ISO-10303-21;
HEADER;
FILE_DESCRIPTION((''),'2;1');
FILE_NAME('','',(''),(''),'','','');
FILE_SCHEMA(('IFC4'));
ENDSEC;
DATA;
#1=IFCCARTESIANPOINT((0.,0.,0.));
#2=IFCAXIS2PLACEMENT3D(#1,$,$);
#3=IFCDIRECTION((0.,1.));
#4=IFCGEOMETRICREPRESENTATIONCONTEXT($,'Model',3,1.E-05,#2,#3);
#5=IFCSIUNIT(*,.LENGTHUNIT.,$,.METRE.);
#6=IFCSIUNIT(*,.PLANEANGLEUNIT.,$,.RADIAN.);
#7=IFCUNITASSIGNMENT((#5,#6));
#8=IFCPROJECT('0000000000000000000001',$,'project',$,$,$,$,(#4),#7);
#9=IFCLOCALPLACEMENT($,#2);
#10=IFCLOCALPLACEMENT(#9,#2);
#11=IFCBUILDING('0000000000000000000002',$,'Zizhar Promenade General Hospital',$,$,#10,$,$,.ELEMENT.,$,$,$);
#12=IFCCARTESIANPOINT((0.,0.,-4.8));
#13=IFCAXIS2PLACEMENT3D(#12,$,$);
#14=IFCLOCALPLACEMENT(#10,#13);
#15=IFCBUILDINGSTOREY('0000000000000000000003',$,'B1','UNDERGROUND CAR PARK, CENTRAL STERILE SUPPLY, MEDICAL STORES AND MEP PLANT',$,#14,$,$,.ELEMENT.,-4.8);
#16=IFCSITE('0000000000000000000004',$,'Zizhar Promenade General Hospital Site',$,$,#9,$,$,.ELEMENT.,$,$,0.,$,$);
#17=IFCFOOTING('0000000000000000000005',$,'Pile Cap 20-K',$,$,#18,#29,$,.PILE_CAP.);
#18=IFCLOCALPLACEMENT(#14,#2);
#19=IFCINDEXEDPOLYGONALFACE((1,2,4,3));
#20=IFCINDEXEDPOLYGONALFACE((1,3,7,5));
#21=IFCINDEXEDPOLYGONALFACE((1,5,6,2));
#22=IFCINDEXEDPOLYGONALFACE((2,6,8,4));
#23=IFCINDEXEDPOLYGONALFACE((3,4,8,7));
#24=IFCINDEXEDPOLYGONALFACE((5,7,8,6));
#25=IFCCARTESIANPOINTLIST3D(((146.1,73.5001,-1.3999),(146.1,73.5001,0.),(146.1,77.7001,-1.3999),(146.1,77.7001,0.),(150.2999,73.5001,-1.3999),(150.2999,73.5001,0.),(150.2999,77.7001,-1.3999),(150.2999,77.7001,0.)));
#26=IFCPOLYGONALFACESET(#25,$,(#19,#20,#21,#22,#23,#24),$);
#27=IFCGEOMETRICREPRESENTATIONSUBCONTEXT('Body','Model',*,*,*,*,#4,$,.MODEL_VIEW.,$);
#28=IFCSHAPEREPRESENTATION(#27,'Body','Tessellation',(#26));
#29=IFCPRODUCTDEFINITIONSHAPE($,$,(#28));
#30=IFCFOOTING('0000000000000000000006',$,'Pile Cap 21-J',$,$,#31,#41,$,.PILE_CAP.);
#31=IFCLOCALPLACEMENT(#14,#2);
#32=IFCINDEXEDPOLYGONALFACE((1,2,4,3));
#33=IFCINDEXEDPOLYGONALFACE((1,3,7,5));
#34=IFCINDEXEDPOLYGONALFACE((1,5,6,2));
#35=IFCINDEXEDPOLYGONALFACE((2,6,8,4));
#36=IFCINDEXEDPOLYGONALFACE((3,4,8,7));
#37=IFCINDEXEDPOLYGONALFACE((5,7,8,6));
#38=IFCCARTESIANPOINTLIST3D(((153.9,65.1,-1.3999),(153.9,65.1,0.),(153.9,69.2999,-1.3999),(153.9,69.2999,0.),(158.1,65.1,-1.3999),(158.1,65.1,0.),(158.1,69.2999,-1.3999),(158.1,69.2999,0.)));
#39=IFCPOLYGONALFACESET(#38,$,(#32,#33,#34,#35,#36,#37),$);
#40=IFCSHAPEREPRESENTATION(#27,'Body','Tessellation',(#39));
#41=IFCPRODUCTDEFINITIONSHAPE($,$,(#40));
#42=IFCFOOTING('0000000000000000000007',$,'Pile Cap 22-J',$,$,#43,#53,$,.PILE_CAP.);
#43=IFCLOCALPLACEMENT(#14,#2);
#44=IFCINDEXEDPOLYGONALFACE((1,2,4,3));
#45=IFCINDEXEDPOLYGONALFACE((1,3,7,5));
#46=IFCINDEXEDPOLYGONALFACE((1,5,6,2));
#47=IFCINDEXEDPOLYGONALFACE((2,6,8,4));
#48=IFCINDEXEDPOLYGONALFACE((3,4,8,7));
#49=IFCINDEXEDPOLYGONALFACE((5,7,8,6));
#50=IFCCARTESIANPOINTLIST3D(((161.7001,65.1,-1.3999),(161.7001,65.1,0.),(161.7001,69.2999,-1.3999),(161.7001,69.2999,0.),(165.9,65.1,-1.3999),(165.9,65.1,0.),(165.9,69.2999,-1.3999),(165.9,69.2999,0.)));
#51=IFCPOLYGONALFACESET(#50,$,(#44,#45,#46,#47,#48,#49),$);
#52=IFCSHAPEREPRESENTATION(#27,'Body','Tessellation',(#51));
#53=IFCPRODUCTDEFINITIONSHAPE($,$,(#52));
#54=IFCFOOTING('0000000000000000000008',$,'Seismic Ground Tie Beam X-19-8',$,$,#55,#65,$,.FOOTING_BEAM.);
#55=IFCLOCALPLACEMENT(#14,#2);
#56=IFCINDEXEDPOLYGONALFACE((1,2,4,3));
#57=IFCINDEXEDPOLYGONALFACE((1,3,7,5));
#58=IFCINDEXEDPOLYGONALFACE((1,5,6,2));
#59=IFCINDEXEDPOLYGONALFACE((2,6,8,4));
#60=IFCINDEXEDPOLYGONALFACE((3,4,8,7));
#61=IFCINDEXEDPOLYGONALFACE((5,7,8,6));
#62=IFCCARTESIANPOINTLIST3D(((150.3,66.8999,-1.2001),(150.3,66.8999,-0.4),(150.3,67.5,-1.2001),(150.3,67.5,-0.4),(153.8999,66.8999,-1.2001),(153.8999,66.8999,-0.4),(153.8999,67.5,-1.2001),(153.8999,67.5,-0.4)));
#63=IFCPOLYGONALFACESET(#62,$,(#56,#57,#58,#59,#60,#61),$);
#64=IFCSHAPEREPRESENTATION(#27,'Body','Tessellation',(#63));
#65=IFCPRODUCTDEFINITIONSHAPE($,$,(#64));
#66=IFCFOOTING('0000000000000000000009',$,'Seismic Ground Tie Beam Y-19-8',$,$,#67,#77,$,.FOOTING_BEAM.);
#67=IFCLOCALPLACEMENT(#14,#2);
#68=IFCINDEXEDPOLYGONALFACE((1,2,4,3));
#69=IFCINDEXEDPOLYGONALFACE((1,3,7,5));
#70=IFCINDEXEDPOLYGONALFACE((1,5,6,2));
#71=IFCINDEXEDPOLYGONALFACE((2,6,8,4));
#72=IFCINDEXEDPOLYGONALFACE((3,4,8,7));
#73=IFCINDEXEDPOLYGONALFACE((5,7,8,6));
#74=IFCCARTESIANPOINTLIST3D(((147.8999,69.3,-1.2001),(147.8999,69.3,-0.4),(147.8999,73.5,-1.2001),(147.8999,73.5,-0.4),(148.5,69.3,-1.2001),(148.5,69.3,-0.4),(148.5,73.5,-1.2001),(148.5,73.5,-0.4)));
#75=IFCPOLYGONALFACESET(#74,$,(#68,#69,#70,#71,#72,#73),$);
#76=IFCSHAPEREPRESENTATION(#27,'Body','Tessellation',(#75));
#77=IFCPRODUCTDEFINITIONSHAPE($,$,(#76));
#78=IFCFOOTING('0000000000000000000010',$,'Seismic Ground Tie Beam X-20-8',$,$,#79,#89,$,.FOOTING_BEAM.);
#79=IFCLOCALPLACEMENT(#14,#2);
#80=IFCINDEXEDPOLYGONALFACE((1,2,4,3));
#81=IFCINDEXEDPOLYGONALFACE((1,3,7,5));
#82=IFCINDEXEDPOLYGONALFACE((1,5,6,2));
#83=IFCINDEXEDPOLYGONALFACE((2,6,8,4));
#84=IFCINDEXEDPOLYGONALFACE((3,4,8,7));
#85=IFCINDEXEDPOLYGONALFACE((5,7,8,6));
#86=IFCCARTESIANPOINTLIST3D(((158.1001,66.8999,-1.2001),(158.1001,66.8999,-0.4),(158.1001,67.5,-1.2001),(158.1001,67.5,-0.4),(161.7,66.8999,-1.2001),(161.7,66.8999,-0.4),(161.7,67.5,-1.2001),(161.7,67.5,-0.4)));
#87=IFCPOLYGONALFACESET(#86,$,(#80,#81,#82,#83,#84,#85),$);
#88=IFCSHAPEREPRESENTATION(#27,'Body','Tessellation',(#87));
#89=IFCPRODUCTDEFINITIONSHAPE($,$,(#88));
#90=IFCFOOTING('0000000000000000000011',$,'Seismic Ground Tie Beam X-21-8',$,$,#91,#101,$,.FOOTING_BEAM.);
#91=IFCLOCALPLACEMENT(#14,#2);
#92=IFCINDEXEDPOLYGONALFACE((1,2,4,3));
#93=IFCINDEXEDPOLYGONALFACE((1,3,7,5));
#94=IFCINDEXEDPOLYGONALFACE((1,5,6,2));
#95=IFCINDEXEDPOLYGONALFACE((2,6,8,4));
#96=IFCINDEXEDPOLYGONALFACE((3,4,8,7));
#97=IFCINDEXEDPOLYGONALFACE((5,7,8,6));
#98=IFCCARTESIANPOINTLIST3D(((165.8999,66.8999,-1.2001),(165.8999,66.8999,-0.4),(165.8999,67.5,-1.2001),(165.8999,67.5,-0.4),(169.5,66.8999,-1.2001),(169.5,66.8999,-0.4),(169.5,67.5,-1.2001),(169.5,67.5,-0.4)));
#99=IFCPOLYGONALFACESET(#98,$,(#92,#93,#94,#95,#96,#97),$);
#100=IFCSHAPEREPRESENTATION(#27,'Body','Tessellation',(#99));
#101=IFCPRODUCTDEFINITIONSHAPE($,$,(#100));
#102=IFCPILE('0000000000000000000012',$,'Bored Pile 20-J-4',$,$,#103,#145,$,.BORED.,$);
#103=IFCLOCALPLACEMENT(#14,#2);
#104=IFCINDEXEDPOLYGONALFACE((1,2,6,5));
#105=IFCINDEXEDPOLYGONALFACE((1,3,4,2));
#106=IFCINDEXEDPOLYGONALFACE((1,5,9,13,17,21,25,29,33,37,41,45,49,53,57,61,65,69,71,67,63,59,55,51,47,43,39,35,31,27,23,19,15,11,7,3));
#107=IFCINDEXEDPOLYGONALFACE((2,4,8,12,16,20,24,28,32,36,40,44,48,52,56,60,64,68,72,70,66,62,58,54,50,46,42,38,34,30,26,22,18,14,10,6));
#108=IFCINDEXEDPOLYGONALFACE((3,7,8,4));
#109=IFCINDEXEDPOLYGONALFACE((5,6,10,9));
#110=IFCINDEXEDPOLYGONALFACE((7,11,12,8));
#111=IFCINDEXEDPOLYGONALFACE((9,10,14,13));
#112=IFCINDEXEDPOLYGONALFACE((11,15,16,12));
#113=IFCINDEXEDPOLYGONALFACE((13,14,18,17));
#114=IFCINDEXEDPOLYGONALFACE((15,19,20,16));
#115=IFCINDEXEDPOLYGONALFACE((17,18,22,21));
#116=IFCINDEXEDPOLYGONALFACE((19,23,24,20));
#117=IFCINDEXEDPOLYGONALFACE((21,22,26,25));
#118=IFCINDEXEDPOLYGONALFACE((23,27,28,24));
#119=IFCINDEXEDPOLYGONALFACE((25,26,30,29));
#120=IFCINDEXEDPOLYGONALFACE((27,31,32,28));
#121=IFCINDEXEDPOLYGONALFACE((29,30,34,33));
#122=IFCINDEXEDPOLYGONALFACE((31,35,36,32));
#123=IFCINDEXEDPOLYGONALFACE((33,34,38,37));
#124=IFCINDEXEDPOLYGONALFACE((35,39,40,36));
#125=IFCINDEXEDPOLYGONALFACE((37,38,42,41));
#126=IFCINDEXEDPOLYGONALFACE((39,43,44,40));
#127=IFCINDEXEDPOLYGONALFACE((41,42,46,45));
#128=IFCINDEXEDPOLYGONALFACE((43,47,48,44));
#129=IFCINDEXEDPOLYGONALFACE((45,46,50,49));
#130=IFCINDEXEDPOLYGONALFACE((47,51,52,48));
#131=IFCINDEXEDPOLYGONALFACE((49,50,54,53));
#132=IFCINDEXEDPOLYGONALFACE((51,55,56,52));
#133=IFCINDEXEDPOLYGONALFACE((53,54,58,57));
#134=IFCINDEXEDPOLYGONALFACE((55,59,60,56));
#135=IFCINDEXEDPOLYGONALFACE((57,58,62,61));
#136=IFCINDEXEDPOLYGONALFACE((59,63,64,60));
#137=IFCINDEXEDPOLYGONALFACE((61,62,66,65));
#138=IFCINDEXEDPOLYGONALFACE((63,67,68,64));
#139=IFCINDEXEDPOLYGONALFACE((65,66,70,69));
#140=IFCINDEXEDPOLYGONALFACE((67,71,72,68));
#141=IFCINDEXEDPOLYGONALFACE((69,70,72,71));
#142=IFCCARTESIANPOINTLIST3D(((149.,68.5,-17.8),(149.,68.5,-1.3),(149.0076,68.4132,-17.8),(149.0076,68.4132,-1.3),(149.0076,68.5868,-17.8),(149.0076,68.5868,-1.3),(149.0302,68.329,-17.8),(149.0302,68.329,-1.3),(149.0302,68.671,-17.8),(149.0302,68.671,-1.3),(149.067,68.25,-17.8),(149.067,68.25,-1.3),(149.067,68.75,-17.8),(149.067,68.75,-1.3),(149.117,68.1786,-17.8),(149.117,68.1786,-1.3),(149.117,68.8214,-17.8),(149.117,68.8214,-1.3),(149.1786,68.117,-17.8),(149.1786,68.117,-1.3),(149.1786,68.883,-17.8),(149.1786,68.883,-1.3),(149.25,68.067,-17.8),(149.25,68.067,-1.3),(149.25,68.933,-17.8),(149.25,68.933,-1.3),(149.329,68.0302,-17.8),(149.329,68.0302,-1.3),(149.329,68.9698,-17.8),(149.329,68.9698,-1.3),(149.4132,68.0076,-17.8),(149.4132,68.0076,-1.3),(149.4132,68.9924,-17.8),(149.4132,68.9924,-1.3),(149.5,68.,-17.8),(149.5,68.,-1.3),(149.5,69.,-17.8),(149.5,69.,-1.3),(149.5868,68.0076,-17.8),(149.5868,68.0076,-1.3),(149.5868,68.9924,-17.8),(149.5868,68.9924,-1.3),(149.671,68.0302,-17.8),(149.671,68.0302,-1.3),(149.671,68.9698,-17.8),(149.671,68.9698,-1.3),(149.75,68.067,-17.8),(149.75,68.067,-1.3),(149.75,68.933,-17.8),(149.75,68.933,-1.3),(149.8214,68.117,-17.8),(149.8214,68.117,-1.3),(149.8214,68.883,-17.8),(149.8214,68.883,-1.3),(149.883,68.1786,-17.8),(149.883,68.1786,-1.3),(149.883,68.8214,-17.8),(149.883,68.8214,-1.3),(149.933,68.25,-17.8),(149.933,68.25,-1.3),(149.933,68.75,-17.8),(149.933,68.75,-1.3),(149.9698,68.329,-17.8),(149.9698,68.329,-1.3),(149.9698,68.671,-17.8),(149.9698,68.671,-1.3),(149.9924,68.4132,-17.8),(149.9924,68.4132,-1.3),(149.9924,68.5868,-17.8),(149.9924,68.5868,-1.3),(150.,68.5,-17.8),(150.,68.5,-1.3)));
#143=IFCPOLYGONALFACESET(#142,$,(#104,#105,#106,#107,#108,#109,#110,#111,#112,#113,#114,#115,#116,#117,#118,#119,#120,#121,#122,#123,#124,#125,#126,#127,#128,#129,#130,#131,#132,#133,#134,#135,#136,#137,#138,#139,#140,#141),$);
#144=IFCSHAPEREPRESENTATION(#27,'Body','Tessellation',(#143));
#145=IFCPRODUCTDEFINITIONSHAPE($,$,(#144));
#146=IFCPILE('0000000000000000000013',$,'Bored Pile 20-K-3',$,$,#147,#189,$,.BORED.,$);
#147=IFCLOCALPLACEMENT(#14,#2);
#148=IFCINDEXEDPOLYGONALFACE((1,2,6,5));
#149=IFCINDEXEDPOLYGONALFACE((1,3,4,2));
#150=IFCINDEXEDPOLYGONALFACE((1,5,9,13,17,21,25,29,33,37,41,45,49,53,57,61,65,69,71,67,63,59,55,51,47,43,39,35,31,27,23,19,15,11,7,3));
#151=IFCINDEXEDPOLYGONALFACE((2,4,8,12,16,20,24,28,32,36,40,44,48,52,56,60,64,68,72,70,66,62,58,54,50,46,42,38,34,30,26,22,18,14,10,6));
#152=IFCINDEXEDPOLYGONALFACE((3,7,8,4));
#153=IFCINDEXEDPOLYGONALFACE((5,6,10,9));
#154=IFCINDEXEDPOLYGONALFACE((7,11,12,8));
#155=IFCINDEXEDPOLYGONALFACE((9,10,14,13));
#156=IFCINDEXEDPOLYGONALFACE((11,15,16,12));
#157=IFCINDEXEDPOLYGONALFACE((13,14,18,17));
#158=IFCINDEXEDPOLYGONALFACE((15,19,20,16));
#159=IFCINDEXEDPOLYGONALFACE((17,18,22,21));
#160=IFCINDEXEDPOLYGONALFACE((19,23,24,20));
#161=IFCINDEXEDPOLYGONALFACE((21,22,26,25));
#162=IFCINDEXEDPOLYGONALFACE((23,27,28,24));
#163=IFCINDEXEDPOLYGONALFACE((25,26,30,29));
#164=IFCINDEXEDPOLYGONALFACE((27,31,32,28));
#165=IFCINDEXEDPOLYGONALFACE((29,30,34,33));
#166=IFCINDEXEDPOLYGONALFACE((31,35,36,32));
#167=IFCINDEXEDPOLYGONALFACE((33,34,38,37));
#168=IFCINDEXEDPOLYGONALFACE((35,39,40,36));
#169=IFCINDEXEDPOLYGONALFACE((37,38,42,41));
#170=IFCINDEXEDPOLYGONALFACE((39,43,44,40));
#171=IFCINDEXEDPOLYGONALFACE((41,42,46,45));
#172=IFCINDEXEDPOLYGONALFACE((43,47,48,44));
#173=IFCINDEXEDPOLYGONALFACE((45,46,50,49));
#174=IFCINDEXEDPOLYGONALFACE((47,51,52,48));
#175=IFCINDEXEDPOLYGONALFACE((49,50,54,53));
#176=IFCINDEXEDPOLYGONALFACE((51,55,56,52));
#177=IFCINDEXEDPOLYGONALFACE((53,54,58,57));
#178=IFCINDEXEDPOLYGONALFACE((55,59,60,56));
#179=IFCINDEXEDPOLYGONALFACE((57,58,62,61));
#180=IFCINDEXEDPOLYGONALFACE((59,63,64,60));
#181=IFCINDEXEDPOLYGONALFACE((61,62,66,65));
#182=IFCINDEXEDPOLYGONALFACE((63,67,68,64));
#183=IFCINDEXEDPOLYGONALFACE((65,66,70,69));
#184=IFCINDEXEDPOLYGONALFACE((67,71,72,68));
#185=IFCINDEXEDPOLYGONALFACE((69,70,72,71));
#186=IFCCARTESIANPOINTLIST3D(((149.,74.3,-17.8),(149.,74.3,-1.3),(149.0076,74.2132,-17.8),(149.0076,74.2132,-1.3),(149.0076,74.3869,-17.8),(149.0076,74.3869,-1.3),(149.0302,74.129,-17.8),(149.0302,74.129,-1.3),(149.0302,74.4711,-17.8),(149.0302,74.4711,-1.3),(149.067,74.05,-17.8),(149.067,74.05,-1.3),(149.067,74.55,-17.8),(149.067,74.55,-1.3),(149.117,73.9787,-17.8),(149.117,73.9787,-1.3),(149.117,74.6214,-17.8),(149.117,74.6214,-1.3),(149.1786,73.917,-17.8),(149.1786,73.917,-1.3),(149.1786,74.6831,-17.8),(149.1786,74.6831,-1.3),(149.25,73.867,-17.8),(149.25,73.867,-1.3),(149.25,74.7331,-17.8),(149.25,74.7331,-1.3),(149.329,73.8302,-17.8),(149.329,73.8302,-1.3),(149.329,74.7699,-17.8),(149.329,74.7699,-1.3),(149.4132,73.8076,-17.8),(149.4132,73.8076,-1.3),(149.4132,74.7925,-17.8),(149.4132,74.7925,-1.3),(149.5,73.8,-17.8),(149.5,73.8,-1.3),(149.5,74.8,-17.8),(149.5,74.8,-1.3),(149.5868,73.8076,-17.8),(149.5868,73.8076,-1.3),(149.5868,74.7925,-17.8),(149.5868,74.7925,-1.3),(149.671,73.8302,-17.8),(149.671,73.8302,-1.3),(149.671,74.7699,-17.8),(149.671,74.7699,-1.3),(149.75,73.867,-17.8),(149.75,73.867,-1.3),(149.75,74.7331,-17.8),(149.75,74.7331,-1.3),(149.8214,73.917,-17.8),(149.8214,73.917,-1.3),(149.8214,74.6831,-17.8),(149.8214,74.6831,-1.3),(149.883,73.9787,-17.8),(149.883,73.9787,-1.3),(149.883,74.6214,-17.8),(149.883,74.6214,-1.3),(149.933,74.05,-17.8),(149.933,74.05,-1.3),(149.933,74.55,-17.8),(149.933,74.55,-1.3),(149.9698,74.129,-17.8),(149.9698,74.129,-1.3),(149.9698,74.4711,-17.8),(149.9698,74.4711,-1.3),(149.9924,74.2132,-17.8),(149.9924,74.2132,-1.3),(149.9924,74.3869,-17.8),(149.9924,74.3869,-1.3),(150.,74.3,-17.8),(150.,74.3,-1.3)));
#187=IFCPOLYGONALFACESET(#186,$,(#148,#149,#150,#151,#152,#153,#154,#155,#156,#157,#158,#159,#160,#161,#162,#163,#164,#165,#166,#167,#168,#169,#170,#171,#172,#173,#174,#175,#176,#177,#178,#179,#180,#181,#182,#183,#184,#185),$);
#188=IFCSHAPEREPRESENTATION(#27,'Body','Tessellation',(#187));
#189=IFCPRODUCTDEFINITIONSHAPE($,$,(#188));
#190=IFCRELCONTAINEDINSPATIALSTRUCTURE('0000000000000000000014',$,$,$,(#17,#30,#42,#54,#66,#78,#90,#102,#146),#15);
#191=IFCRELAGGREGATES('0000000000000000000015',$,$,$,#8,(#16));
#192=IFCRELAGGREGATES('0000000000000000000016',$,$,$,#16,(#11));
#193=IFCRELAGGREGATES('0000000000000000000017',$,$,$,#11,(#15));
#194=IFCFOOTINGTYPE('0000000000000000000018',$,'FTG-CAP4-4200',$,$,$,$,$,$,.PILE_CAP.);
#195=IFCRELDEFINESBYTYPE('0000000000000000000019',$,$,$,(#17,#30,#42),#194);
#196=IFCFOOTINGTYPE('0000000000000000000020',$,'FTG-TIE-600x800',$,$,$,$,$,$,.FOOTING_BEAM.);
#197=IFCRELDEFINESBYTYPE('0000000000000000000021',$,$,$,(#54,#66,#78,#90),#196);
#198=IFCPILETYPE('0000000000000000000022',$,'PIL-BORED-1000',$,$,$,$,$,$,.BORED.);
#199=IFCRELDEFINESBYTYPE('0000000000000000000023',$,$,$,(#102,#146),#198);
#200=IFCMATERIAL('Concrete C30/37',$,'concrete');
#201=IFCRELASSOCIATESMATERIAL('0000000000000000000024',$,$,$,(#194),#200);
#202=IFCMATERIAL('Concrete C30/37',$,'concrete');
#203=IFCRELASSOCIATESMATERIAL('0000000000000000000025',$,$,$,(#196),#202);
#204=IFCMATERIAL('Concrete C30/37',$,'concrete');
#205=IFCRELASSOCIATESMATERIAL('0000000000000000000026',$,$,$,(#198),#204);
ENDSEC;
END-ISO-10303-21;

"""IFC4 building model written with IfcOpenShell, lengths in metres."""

from ifc_helpers import new_model, si_unit, direction, frame, origin, origin_2d, place, context, subcontext, project, spatial, rectangle, circle, extrude, material, material_profile, profile_set, type_object, element, save


model = new_model("IFC4")

# Units and contexts
model_context = context("Model", 3, precision=1e-05, world=origin(), true_north=direction((0.0, 1.0)))
body_context = subcontext(model_context, "Body", "Model", "MODEL_VIEW")
ifc_project = project(units=[si_unit("LENGTHUNIT", "METRE"), si_unit("PLANEANGLEUNIT", "RADIAN")], contexts=[model_context])

# Site, building, storey
site_placement = place(None, origin())
site = spatial("IfcSite", under=ifc_project, at=site_placement, Name="Zizhar Promenade General Hospital Site", CompositionType="ELEMENT", RefElevation=0.0)
building_placement = place(site_placement, origin())
building = spatial("IfcBuilding", under=site, at=building_placement, Name="Zizhar Promenade General Hospital", CompositionType="ELEMENT")
storey_placement = place(building_placement, frame((0.0, 0.0, -4.8)))
storey = spatial("IfcBuildingStorey", under=building, at=storey_placement, Name="B1", Description="UNDERGROUND CAR PARK, CENTRAL STERILE SUPPLY, MEDICAL STORES AND MEP PLANT", CompositionType="ELEMENT", Elevation=-4.8)

# Footings
ifc_material_1 = material(Name="Concrete C30/37", Category="concrete")
footing_type_1 = type_object("IfcFootingType", Name="FTG-CAP4-4200", PredefinedType="PILE_CAP", material=ifc_material_1)
for number, where, z_axis, x_axis, name in (
    (1, (148.2, 75.6001, -1.3999), (0.0, 0.0, 1.0), (1.0, 0.0, 0.0), "Pile Cap 20-K"),
    (2, (156.0, 67.2, -1.3999), (0.0, 0.0, 1.0), (1.0, 0.0, 0.0), "Pile Cap 21-J"),
    (3, (163.8, 67.2, -1.3999), (0.0, 0.0, 1.0), (1.0, 0.0, 0.0), "Pile Cap 22-J"),
):
    element("IfcFooting", number, at=place(storey_placement, frame(where, z_axis=z_axis, x_axis=x_axis)), inside=storey, type_object=footing_type_1, Name=name, PredefinedType="PILE_CAP", context=body_context, shape_type="SweptSolid", body=[
        extrude(rectangle(XDim=4.2, YDim=4.2, at=origin_2d()), origin(), (0.0, 0.0, 1.0), 1.3999),
    ])
ifc_material_2 = material(Name="Concrete C30/37", Category="concrete")
ifc_material_profile_1 = material_profile(ifc_material_2, rectangle(XDim=0.6001, YDim=0.8, at=origin_2d()))
ifc_profile_set_1 = profile_set([ifc_material_profile_1], Name="Concrete C30/37")
footing_type_2 = type_object("IfcFootingType", Name="FTG-TIE-600x800", PredefinedType="FOOTING_BEAM", material=ifc_profile_set_1)
footing_1_placement = place(storey_placement, frame((150.3, 67.2, -0.8), z_axis=(1.0, 0.0, 0.0), x_axis=(0.0, 1.0, 0.0)))
element("IfcFooting", 4, at=footing_1_placement, inside=storey, type_object=footing_type_2, Name="Seismic Ground Tie Beam X-19-8", PredefinedType="FOOTING_BEAM", context=body_context, shape_type="SweptSolid", body=[
    extrude(rectangle(XDim=0.6001, YDim=0.8, at=origin_2d()), origin(), (0.0, 0.0, 1.0), 3.5999),
])
footing_2_placement = place(storey_placement, frame((148.2, 69.3, -0.8), z_axis=(0.0, 1.0, 0.0), x_axis=(-1.0, 0.0, 0.0)))
element("IfcFooting", 5, at=footing_2_placement, inside=storey, type_object=footing_type_2, Name="Seismic Ground Tie Beam Y-19-8", PredefinedType="FOOTING_BEAM", context=body_context, shape_type="SweptSolid", body=[
    extrude(rectangle(XDim=0.6001, YDim=0.8, at=origin_2d()), origin(), (0.0, 0.0, 1.0), 4.2),
])
footing_3_placement = place(storey_placement, frame((158.1001, 67.2, -0.8), z_axis=(1.0, 0.0, 0.0), x_axis=(0.0, 1.0, 0.0)))
element("IfcFooting", 6, at=footing_3_placement, inside=storey, type_object=footing_type_2, Name="Seismic Ground Tie Beam X-20-8", PredefinedType="FOOTING_BEAM", context=body_context, shape_type="SweptSolid", body=[
    extrude(rectangle(XDim=0.6001, YDim=0.8, at=origin_2d()), origin(), (0.0, 0.0, 1.0), 3.5999),
])
footing_4_placement = place(storey_placement, frame((165.8999, 67.2, -0.8), z_axis=(1.0, 0.0, 0.0), x_axis=(0.0, 1.0, 0.0)))
element("IfcFooting", 7, at=footing_4_placement, inside=storey, type_object=footing_type_2, Name="Seismic Ground Tie Beam X-21-8", PredefinedType="FOOTING_BEAM", context=body_context, shape_type="SweptSolid", body=[
    extrude(rectangle(XDim=0.6001, YDim=0.8, at=origin_2d()), origin(), (0.0, 0.0, 1.0), 3.6001),
])

# Piles
ifc_material_3 = material(Name="Concrete C30/37", Category="concrete")
ifc_material_profile_2 = material_profile(ifc_material_3, circle(Radius=0.5, at=origin_2d()))
ifc_profile_set_2 = profile_set([ifc_material_profile_2], Name="Concrete C30/37")
pile_type = type_object("IfcPileType", Name="PIL-BORED-1000", PredefinedType="BORED", material=ifc_profile_set_2)
for number, where, z_axis, x_axis, name in (
    (8, (149.5, 68.5, -1.3), (0.0, 0.0, -1.0), (1.0, 0.0, 0.0), "Bored Pile 20-J-4"),
    (9, (149.5, 74.3, -1.3), (0.0, 0.0, -1.0), (1.0, 0.0, 0.0), "Bored Pile 20-K-3"),
):
    element("IfcPile", number, at=place(storey_placement, frame(where, z_axis=z_axis, x_axis=x_axis)), inside=storey, type_object=pile_type, Name=name, PredefinedType="BORED", context=body_context, shape_type="SweptSolid", body=[
        extrude(circle(Radius=0.5, at=origin_2d()), origin(), (0.0, 0.0, 1.0), 16.5),
    ])

save(model, "model.ifc")
